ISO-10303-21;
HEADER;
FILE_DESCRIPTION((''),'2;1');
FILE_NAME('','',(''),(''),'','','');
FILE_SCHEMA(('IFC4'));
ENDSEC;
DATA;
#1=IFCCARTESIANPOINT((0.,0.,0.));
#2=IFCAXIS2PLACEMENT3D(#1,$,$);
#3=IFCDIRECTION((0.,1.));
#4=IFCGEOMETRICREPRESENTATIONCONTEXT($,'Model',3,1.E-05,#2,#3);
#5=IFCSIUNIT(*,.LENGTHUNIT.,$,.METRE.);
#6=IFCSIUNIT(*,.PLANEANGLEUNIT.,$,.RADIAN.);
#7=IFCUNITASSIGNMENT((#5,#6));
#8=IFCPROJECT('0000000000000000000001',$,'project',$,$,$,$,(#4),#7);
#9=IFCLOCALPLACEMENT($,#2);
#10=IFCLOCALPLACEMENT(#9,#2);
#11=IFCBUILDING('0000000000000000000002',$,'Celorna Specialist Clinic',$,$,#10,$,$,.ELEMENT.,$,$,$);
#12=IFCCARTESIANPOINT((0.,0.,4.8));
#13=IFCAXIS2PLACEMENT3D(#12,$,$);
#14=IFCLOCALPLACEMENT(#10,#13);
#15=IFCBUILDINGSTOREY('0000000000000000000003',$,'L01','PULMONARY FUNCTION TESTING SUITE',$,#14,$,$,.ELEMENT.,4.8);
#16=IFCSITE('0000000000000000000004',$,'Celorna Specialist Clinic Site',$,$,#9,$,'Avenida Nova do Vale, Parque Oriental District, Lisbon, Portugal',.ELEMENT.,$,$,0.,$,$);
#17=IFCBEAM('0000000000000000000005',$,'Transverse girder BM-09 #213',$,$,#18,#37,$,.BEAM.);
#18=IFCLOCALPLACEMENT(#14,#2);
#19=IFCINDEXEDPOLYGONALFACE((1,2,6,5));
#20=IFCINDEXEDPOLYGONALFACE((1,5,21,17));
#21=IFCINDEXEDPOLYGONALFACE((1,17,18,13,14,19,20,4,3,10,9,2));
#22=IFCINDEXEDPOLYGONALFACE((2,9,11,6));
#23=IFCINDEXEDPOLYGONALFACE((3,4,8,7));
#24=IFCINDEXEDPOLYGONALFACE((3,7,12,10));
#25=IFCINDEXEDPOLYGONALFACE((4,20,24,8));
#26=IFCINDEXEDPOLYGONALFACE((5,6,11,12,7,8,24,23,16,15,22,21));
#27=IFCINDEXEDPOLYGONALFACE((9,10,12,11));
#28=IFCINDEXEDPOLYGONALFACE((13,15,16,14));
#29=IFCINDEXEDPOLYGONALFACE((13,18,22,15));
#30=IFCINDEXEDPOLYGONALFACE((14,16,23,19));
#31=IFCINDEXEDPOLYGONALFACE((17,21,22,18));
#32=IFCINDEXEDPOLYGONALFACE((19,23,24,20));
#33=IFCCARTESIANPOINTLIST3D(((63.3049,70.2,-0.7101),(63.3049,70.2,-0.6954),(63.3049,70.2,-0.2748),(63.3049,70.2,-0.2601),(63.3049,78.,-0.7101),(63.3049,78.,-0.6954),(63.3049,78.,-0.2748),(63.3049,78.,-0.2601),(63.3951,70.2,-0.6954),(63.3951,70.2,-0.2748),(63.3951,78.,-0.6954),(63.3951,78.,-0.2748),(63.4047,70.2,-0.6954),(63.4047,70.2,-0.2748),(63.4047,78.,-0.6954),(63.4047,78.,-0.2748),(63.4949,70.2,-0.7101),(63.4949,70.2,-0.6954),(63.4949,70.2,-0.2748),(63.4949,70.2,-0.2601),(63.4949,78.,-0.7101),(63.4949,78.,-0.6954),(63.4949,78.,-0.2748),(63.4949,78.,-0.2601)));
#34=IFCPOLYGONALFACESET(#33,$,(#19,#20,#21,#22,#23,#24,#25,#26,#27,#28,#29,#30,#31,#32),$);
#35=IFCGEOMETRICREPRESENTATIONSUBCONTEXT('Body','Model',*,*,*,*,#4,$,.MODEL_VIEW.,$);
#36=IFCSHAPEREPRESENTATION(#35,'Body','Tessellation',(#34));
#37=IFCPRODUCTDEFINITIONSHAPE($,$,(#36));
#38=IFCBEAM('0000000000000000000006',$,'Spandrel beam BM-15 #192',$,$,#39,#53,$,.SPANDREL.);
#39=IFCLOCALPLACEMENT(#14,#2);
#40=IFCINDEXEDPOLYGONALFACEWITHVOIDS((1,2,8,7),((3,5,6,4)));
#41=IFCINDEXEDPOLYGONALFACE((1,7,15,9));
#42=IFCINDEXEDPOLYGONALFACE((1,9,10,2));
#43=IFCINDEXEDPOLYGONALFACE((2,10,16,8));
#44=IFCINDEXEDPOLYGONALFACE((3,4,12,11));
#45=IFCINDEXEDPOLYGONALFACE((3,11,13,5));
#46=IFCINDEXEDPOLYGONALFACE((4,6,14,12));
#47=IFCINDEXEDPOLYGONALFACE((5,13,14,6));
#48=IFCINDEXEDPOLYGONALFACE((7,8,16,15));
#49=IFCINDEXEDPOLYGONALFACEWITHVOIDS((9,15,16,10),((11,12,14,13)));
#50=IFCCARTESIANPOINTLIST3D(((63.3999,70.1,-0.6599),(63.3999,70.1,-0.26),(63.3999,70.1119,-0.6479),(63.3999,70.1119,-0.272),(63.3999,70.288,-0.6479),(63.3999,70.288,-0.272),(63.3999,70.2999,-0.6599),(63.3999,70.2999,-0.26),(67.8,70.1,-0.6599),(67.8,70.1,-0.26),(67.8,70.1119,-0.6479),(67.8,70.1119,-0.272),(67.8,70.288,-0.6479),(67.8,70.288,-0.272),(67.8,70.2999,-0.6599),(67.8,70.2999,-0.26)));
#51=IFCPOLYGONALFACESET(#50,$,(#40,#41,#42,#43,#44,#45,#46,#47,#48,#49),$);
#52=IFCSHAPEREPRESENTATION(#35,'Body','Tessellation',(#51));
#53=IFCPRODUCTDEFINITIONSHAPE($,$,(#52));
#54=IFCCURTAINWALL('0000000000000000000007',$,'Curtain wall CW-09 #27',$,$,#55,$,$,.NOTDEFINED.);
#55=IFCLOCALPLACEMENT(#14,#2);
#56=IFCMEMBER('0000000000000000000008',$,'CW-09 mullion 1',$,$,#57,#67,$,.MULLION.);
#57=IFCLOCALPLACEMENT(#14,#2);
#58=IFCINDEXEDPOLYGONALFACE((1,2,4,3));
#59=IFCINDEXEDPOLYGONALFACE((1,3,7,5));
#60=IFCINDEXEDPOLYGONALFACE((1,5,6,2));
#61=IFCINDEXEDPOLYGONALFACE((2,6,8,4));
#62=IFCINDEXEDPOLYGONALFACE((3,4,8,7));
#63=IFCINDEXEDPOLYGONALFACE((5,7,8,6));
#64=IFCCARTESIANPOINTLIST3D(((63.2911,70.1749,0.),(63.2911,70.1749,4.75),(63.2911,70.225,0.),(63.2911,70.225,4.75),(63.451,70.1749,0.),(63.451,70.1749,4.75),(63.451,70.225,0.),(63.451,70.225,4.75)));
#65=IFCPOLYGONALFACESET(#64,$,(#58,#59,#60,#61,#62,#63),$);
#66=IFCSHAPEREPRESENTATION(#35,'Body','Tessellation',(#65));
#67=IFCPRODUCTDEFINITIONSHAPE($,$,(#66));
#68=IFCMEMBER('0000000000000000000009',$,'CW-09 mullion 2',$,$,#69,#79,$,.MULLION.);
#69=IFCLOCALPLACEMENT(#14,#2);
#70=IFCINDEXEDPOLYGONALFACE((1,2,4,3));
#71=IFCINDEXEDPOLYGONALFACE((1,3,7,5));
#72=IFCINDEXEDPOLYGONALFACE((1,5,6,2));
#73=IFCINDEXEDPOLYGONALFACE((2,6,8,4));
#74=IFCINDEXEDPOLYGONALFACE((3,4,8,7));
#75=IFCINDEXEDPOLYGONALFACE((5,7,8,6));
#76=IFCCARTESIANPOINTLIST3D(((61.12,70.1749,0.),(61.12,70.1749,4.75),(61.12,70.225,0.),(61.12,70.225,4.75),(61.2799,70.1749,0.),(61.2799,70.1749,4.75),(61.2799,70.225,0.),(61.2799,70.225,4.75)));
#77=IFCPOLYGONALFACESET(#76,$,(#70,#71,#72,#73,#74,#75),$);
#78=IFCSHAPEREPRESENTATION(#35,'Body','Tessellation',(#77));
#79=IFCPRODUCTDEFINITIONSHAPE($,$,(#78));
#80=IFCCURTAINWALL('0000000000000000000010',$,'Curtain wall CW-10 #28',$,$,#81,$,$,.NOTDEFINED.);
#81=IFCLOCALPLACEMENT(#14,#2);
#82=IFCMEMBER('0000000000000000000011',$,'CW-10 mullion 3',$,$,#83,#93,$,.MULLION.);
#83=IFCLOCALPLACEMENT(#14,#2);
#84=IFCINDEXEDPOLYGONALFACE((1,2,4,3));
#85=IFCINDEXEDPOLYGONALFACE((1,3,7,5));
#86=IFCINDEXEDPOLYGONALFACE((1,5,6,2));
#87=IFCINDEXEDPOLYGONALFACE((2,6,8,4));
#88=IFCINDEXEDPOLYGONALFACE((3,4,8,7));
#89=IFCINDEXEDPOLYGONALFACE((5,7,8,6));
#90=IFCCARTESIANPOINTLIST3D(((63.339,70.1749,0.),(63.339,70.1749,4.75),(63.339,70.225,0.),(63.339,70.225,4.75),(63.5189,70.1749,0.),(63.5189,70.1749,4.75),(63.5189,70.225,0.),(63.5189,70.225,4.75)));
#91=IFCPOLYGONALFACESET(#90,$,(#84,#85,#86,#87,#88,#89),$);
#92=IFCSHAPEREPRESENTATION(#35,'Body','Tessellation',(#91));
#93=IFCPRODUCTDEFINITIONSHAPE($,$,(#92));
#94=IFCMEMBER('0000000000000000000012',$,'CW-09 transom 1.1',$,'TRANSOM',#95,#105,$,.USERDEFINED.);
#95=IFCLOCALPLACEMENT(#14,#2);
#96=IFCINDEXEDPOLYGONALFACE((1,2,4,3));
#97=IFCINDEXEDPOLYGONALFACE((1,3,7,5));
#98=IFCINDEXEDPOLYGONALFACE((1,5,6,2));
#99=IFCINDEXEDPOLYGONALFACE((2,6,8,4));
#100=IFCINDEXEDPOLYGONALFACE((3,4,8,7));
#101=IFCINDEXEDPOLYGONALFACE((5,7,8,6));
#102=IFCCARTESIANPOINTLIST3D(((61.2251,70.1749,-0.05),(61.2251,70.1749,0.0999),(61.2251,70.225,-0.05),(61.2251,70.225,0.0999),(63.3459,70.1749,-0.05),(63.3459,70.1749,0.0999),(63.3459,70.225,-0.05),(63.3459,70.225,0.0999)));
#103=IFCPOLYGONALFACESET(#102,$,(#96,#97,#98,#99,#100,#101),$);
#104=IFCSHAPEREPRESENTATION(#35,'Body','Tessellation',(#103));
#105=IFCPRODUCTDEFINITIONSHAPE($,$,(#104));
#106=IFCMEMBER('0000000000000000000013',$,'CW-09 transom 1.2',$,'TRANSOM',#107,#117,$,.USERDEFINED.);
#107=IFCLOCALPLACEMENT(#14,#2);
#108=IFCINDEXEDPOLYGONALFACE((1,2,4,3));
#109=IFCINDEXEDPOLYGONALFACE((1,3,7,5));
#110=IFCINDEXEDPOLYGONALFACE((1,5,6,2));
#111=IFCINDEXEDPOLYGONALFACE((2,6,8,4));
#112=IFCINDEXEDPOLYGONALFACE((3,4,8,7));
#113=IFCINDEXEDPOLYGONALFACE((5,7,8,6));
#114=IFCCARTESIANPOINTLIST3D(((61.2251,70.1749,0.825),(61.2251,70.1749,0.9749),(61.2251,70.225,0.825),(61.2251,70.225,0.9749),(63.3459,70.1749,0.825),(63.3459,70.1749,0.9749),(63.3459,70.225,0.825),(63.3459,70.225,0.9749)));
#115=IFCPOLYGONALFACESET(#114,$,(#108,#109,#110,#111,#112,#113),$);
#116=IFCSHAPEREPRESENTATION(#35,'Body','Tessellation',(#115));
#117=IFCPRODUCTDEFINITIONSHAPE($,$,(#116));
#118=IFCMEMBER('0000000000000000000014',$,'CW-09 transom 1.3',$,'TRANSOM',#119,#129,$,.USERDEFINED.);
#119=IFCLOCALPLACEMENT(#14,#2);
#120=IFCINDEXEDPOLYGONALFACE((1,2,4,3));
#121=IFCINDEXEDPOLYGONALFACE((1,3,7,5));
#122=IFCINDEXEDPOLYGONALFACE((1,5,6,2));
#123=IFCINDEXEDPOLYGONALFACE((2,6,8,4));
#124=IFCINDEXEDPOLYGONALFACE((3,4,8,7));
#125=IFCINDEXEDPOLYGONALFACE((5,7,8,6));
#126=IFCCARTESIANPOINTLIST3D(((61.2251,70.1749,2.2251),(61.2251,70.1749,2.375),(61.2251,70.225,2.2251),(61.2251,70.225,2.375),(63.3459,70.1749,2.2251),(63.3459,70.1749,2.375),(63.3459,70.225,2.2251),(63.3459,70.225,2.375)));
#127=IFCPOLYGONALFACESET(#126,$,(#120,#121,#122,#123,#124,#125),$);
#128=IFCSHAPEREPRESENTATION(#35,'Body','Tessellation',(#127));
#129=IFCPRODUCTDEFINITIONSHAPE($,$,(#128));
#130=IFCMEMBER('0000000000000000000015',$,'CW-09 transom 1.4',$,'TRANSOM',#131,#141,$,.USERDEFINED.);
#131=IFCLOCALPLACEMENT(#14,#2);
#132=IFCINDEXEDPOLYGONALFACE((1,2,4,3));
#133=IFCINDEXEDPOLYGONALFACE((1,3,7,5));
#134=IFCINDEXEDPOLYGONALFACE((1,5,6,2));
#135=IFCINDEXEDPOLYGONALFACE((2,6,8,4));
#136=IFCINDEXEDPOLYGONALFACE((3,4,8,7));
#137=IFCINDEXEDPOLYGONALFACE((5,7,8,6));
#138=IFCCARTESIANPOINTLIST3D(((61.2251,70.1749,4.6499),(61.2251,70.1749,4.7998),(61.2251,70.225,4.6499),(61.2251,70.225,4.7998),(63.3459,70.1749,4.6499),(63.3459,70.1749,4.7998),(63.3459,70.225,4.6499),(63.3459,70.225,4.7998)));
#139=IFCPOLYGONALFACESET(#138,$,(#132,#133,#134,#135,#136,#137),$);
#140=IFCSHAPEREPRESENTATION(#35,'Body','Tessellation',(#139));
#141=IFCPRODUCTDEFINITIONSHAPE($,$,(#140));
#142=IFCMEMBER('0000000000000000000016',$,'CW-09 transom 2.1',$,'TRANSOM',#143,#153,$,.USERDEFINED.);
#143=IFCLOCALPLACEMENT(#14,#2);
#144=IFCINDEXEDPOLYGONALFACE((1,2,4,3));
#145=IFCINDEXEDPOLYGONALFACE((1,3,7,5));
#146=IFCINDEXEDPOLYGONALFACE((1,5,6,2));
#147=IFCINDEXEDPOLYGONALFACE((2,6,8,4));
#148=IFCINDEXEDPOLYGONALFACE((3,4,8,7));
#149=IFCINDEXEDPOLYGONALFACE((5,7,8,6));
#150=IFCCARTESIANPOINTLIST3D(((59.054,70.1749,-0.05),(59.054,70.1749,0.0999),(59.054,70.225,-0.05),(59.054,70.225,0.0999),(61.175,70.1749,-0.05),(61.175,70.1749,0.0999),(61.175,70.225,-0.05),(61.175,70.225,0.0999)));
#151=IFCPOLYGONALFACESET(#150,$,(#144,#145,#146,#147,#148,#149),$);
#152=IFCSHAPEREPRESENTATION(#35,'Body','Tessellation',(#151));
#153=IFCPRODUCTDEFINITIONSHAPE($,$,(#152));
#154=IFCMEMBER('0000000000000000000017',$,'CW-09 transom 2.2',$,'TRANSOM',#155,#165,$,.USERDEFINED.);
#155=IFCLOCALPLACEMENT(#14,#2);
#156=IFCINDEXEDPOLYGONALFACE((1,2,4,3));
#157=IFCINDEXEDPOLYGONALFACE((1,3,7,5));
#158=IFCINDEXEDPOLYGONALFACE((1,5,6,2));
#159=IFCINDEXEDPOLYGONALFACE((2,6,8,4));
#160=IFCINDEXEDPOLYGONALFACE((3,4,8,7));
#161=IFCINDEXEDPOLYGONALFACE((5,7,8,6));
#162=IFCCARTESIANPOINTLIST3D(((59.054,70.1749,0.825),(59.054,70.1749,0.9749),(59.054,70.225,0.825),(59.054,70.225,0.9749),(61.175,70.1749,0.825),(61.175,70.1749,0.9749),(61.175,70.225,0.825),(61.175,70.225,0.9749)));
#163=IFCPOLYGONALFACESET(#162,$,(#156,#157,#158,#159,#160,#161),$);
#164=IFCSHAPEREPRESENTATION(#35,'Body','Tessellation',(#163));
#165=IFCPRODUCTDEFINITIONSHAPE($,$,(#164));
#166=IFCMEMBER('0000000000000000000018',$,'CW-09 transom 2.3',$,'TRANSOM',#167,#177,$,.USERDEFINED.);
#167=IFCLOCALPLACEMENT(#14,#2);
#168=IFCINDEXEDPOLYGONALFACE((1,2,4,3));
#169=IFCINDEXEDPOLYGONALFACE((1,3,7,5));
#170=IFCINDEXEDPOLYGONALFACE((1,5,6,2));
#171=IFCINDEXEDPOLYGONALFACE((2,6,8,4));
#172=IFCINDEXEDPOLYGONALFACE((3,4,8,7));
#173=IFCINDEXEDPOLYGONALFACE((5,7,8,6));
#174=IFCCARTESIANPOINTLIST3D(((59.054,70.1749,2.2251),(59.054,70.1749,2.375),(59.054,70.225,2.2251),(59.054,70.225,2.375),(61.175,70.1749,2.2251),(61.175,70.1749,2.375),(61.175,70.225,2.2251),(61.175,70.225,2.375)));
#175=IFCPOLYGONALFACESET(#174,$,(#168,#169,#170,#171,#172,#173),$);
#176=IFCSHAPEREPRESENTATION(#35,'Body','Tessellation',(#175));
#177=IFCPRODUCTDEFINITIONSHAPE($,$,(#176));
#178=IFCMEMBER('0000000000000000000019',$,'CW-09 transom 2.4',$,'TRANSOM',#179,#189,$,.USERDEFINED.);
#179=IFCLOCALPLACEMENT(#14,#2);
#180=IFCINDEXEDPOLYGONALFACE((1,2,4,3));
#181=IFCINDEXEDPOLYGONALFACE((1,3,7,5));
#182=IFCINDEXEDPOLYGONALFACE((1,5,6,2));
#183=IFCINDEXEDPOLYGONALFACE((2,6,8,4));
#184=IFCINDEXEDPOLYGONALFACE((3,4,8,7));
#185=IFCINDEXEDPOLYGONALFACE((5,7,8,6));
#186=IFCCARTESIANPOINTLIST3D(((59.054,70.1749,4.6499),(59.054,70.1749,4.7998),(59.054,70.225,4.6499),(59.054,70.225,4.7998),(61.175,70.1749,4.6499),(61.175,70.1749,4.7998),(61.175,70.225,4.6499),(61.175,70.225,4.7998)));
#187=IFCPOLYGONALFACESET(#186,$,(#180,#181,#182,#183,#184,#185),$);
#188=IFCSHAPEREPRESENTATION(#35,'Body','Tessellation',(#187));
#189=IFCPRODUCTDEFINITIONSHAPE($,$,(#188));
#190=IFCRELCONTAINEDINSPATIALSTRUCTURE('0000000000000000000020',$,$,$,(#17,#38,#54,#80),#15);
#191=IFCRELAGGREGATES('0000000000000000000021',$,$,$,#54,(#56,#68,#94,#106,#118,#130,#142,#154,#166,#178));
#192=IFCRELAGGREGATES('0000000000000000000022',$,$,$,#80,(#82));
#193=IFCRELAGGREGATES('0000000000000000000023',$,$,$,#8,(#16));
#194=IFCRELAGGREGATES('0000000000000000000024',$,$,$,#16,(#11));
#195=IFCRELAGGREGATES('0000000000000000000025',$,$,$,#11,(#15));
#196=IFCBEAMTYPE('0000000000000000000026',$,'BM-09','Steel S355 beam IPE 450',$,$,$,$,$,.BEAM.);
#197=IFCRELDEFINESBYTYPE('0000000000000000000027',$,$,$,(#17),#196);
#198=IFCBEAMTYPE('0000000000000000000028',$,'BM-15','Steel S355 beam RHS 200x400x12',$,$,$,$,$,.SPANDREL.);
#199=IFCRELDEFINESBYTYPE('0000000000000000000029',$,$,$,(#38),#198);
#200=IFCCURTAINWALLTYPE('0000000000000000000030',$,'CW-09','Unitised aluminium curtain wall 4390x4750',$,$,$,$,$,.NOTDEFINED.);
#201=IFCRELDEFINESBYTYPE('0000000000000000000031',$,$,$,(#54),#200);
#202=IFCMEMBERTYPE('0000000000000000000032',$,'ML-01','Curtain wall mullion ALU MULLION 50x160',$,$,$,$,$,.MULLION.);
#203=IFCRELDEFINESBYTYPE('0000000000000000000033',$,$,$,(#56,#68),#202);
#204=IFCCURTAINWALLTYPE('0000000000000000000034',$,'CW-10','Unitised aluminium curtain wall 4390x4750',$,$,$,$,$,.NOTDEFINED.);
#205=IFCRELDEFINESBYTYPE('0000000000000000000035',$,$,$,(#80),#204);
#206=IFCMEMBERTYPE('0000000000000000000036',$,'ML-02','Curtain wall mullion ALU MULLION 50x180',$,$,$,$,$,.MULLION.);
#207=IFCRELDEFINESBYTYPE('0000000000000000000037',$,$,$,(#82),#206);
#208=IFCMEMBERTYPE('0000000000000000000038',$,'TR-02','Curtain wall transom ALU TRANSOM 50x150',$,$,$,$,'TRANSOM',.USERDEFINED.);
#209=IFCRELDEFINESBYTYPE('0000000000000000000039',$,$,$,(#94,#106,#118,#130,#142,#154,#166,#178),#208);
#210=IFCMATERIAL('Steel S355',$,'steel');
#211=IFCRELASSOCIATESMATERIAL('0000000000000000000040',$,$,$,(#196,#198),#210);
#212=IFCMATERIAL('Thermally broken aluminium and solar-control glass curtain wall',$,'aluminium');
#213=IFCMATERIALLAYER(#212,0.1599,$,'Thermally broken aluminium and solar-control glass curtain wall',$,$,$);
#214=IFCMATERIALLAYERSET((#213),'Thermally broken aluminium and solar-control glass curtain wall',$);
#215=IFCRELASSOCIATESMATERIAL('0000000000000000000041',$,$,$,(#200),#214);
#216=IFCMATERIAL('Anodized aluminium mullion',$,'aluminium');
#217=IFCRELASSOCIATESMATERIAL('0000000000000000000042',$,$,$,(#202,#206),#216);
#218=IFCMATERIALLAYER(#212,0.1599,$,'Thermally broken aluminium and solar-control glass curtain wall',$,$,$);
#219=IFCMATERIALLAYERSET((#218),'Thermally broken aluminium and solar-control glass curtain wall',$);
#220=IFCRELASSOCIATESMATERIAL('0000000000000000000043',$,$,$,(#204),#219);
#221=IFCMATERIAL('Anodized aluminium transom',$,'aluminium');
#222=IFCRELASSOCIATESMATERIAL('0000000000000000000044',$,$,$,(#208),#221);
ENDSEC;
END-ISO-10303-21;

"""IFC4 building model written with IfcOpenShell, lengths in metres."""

from ifc_helpers import new_model, si_unit, direction, frame, origin, origin_2d, place, context, subcontext, project, spatial, rectangle, hollow_rectangle, i_section, extrude, material, layer, layer_set, material_profile, profile_set, type_object, element, aggregate, save


model = new_model("IFC4")

# Units and contexts
model_context = context("Model", 3, precision=1e-05, world=origin(), true_north=direction((0.0, 1.0)))
body_context = subcontext(model_context, "Body", "Model", "MODEL_VIEW")
ifc_project = project(units=[si_unit("LENGTHUNIT", "METRE"), si_unit("PLANEANGLEUNIT", "RADIAN")], contexts=[model_context])

# Site, building, storey
site_placement = place(None, origin())
site = spatial("IfcSite", under=ifc_project, at=site_placement, Name="Celorna Specialist Clinic Site", LongName="Avenida Nova do Vale, Parque Oriental District, Lisbon, Portugal", CompositionType="ELEMENT", RefElevation=0.0)
building_placement = place(site_placement, origin())
building = spatial("IfcBuilding", under=site, at=building_placement, Name="Celorna Specialist Clinic", CompositionType="ELEMENT")
storey_placement = place(building_placement, frame((0.0, 0.0, 4.8)))
storey = spatial("IfcBuildingStorey", under=building, at=storey_placement, Name="L01", Description="PULMONARY FUNCTION TESTING SUITE", CompositionType="ELEMENT", Elevation=4.8)

# Beams
ifc_material_1 = material(Name="Steel S355", Category="steel")
ifc_material_profile_1 = material_profile(ifc_material_1, i_section(OverallWidth=0.1899, OverallDepth=0.45, WebThickness=0.0095, FlangeThickness=0.0146, at=origin_2d()), Name="IPE 450")
ifc_profile_set_1 = profile_set([ifc_material_profile_1], Name="Steel S355")
beam_type_1 = type_object("IfcBeamType", Name="BM-09", Description="Steel S355 beam IPE 450", PredefinedType="BEAM", material=ifc_profile_set_1)
beam_1_placement = place(storey_placement, frame((63.3999, 70.2, -0.4851), z_axis=(0.0, 1.0, 0.0), x_axis=(-1.0, 0.0, 0.0)))
element("IfcBeam", 1, at=beam_1_placement, inside=storey, type_object=beam_type_1, Name="Transverse girder BM-09 #213", PredefinedType="BEAM", context=body_context, shape_type="SweptSolid", body=[
    extrude(i_section(OverallWidth=0.1899, OverallDepth=0.45, WebThickness=0.0095, FlangeThickness=0.0146, at=origin_2d()), origin(), (0.0, 0.0, 1.0), 7.8),
])
ifc_material_profile_2 = material_profile(ifc_material_1, hollow_rectangle(XDim=0.2, YDim=0.3999, WallThickness=0.012, at=origin_2d()), Name="RHS 200x400x12")
ifc_profile_set_2 = profile_set([ifc_material_profile_2], Name="Steel S355")
beam_type_2 = type_object("IfcBeamType", Name="BM-15", Description="Steel S355 beam RHS 200x400x12", PredefinedType="SPANDREL", material=ifc_profile_set_2)
beam_2_placement = place(storey_placement, frame((63.3999, 70.2, -0.46), z_axis=(1.0, 0.0, 0.0), x_axis=(0.0, 1.0, 0.0)))
element("IfcBeam", 2, at=beam_2_placement, inside=storey, type_object=beam_type_2, Name="Spandrel beam BM-15 #192", PredefinedType="SPANDREL", context=body_context, shape_type="SweptSolid", body=[
    extrude(hollow_rectangle(XDim=0.2, YDim=0.3999, WallThickness=0.012, at=origin_2d()), origin(), (0.0, 0.0, 1.0), 4.4001),
])

# Curtain wall, members
ifc_material_2 = material(Name="Thermally broken aluminium and solar-control glass curtain wall", Category="aluminium")
ifc_layer_1 = layer(ifc_material_2, 0.1599, Name="Thermally broken aluminium and solar-control glass curtain wall")
ifc_layer_set_1 = layer_set([ifc_layer_1], Name="Thermally broken aluminium and solar-control glass curtain wall")
curtain_wall_type_1 = type_object("IfcCurtainWallType", Name="CW-09", Description="Unitised aluminium curtain wall 4390x4750", PredefinedType="NOTDEFINED", material=ifc_layer_set_1)
curtain_wall_1_placement = place(storey_placement, origin())
curtain_wall_1 = element("IfcCurtainWall", 3, at=curtain_wall_1_placement, inside=storey, type_object=curtain_wall_type_1, Name="Curtain wall CW-09 #27", PredefinedType="NOTDEFINED")
ifc_material_3 = material(Name="Anodized aluminium mullion", Category="aluminium")
ifc_material_profile_3 = material_profile(ifc_material_3, rectangle(XDim=0.05, YDim=0.1599, at=origin_2d()), Name="ALU MULLION 50x160")
ifc_profile_set_3 = profile_set([ifc_material_profile_3], Name="Anodized aluminium mullion")
member_type_1 = type_object("IfcMemberType", Name="ML-01", Description="Curtain wall mullion ALU MULLION 50x160", PredefinedType="MULLION", material=ifc_profile_set_3)
member_1_placement = place(storey_placement, frame((63.3711, 70.2, 0.0), z_axis=(0.0, 0.0, 1.0), x_axis=(0.0, -1.0, 0.0)))
member_1 = element("IfcMember", 4, at=member_1_placement, type_object=member_type_1, Name="CW-09 mullion 1", PredefinedType="MULLION", context=body_context, shape_type="SweptSolid", body=[
    extrude(rectangle(XDim=0.05, YDim=0.1599, at=origin_2d()), origin(), (0.0, 0.0, 1.0), 4.75),
])
member_2_placement = place(storey_placement, frame((61.2, 70.2, 0.0), z_axis=(0.0, 0.0, 1.0), x_axis=(0.0, -1.0, 0.0)))
member_2 = element("IfcMember", 5, at=member_2_placement, type_object=member_type_1, Name="CW-09 mullion 2", PredefinedType="MULLION", context=body_context, shape_type="SweptSolid", body=[
    extrude(rectangle(XDim=0.05, YDim=0.1599, at=origin_2d()), origin(), (0.0, 0.0, 1.0), 4.75),
])

# Curtain wall, member
ifc_layer_2 = layer(ifc_material_2, 0.1599, Name="Thermally broken aluminium and solar-control glass curtain wall")
ifc_layer_set_2 = layer_set([ifc_layer_2], Name="Thermally broken aluminium and solar-control glass curtain wall")
curtain_wall_type_2 = type_object("IfcCurtainWallType", Name="CW-10", Description="Unitised aluminium curtain wall 4390x4750", PredefinedType="NOTDEFINED", material=ifc_layer_set_2)
curtain_wall_2_placement = place(storey_placement, origin())
curtain_wall_2 = element("IfcCurtainWall", 6, at=curtain_wall_2_placement, inside=storey, type_object=curtain_wall_type_2, Name="Curtain wall CW-10 #28", PredefinedType="NOTDEFINED")
ifc_material_profile_4 = material_profile(ifc_material_3, rectangle(XDim=0.05, YDim=0.1799, at=origin_2d()), Name="ALU MULLION 50x180")
ifc_profile_set_4 = profile_set([ifc_material_profile_4], Name="Anodized aluminium mullion")
member_type_2 = type_object("IfcMemberType", Name="ML-02", Description="Curtain wall mullion ALU MULLION 50x180", PredefinedType="MULLION", material=ifc_profile_set_4)
member_3_placement = place(storey_placement, frame((63.429, 70.2, 0.0), z_axis=(0.0, 0.0, 1.0), x_axis=(0.0, -1.0, 0.0)))
member_3 = element("IfcMember", 7, at=member_3_placement, type_object=member_type_2, Name="CW-10 mullion 3", PredefinedType="MULLION", context=body_context, shape_type="SweptSolid", body=[
    extrude(rectangle(XDim=0.05, YDim=0.1799, at=origin_2d()), origin(), (0.0, 0.0, 1.0), 4.75),
])

# Members
ifc_material_4 = material(Name="Anodized aluminium transom", Category="aluminium")
ifc_material_profile_5 = material_profile(ifc_material_4, rectangle(XDim=0.05, YDim=0.1499, at=origin_2d()), Name="ALU TRANSOM 50x150")
ifc_profile_set_5 = profile_set([ifc_material_profile_5], Name="Anodized aluminium transom")
member_type_3 = type_object("IfcMemberType", Name="TR-02", Description="Curtain wall transom ALU TRANSOM 50x150", ElementType="TRANSOM", PredefinedType="USERDEFINED", material=ifc_profile_set_5)
member_4_placement = place(storey_placement, frame((63.3459, 70.2, 0.0249), z_axis=(-1.0, 0.0, 0.0), x_axis=(0.0, -1.0, 0.0)))
member_4 = element("IfcMember", 8, at=member_4_placement, type_object=member_type_3, Name="CW-09 transom 1.1", ObjectType="TRANSOM", PredefinedType="USERDEFINED", context=body_context, shape_type="SweptSolid", body=[
    extrude(rectangle(XDim=0.05, YDim=0.1499, at=origin_2d()), origin(), (0.0, 0.0, 1.0), 2.1208),
])
member_5_placement = place(storey_placement, frame((63.3459, 70.2, 0.8999), z_axis=(-1.0, 0.0, 0.0), x_axis=(0.0, -1.0, 0.0)))
member_5 = element("IfcMember", 9, at=member_5_placement, type_object=member_type_3, Name="CW-09 transom 1.2", ObjectType="TRANSOM", PredefinedType="USERDEFINED", context=body_context, shape_type="SweptSolid", body=[
    extrude(rectangle(XDim=0.05, YDim=0.1499, at=origin_2d()), origin(), (0.0, 0.0, 1.0), 2.1208),
])
member_6_placement = place(storey_placement, frame((63.3459, 70.2, 2.3), z_axis=(-1.0, 0.0, 0.0), x_axis=(0.0, -1.0, 0.0)))
member_6 = element("IfcMember", 10, at=member_6_placement, type_object=member_type_3, Name="CW-09 transom 1.3", ObjectType="TRANSOM", PredefinedType="USERDEFINED", context=body_context, shape_type="SweptSolid", body=[
    extrude(rectangle(XDim=0.05, YDim=0.1499, at=origin_2d()), origin(), (0.0, 0.0, 1.0), 2.1208),
])
member_7_placement = place(storey_placement, frame((63.3459, 70.2, 4.7249), z_axis=(-1.0, 0.0, 0.0), x_axis=(0.0, -1.0, 0.0)))
member_7 = element("IfcMember", 11, at=member_7_placement, type_object=member_type_3, Name="CW-09 transom 1.4", ObjectType="TRANSOM", PredefinedType="USERDEFINED", context=body_context, shape_type="SweptSolid", body=[
    extrude(rectangle(XDim=0.05, YDim=0.1499, at=origin_2d()), origin(), (0.0, 0.0, 1.0), 2.1208),
])
member_8_placement = place(storey_placement, frame((61.175, 70.2, 0.0249), z_axis=(-1.0, 0.0, 0.0), x_axis=(0.0, -1.0, 0.0)))
member_8 = element("IfcMember", 12, at=member_8_placement, type_object=member_type_3, Name="CW-09 transom 2.1", ObjectType="TRANSOM", PredefinedType="USERDEFINED", context=body_context, shape_type="SweptSolid", body=[
    extrude(rectangle(XDim=0.05, YDim=0.1499, at=origin_2d()), origin(), (0.0, 0.0, 1.0), 2.1211),
])
member_9_placement = place(storey_placement, frame((61.175, 70.2, 0.8999), z_axis=(-1.0, 0.0, 0.0), x_axis=(0.0, -1.0, 0.0)))
member_9 = element("IfcMember", 13, at=member_9_placement, type_object=member_type_3, Name="CW-09 transom 2.2", ObjectType="TRANSOM", PredefinedType="USERDEFINED", context=body_context, shape_type="SweptSolid", body=[
    extrude(rectangle(XDim=0.05, YDim=0.1499, at=origin_2d()), origin(), (0.0, 0.0, 1.0), 2.1211),
])
member_10_placement = place(storey_placement, frame((61.175, 70.2, 2.3), z_axis=(-1.0, 0.0, 0.0), x_axis=(0.0, -1.0, 0.0)))
member_10 = element("IfcMember", 14, at=member_10_placement, type_object=member_type_3, Name="CW-09 transom 2.3", ObjectType="TRANSOM", PredefinedType="USERDEFINED", context=body_context, shape_type="SweptSolid", body=[
    extrude(rectangle(XDim=0.05, YDim=0.1499, at=origin_2d()), origin(), (0.0, 0.0, 1.0), 2.1211),
])
member_11_placement = place(storey_placement, frame((61.175, 70.2, 4.7249), z_axis=(-1.0, 0.0, 0.0), x_axis=(0.0, -1.0, 0.0)))
member_11 = element("IfcMember", 15, at=member_11_placement, type_object=member_type_3, Name="CW-09 transom 2.4", ObjectType="TRANSOM", PredefinedType="USERDEFINED", context=body_context, shape_type="SweptSolid", body=[
    extrude(rectangle(XDim=0.05, YDim=0.1499, at=origin_2d()), origin(), (0.0, 0.0, 1.0), 2.1211),
])

aggregate(curtain_wall_1, [member_1, member_2, member_4, member_5, member_6, member_7, member_8, member_9, member_10, member_11])
aggregate(curtain_wall_2, [member_3])

save(model, "model.ifc")
